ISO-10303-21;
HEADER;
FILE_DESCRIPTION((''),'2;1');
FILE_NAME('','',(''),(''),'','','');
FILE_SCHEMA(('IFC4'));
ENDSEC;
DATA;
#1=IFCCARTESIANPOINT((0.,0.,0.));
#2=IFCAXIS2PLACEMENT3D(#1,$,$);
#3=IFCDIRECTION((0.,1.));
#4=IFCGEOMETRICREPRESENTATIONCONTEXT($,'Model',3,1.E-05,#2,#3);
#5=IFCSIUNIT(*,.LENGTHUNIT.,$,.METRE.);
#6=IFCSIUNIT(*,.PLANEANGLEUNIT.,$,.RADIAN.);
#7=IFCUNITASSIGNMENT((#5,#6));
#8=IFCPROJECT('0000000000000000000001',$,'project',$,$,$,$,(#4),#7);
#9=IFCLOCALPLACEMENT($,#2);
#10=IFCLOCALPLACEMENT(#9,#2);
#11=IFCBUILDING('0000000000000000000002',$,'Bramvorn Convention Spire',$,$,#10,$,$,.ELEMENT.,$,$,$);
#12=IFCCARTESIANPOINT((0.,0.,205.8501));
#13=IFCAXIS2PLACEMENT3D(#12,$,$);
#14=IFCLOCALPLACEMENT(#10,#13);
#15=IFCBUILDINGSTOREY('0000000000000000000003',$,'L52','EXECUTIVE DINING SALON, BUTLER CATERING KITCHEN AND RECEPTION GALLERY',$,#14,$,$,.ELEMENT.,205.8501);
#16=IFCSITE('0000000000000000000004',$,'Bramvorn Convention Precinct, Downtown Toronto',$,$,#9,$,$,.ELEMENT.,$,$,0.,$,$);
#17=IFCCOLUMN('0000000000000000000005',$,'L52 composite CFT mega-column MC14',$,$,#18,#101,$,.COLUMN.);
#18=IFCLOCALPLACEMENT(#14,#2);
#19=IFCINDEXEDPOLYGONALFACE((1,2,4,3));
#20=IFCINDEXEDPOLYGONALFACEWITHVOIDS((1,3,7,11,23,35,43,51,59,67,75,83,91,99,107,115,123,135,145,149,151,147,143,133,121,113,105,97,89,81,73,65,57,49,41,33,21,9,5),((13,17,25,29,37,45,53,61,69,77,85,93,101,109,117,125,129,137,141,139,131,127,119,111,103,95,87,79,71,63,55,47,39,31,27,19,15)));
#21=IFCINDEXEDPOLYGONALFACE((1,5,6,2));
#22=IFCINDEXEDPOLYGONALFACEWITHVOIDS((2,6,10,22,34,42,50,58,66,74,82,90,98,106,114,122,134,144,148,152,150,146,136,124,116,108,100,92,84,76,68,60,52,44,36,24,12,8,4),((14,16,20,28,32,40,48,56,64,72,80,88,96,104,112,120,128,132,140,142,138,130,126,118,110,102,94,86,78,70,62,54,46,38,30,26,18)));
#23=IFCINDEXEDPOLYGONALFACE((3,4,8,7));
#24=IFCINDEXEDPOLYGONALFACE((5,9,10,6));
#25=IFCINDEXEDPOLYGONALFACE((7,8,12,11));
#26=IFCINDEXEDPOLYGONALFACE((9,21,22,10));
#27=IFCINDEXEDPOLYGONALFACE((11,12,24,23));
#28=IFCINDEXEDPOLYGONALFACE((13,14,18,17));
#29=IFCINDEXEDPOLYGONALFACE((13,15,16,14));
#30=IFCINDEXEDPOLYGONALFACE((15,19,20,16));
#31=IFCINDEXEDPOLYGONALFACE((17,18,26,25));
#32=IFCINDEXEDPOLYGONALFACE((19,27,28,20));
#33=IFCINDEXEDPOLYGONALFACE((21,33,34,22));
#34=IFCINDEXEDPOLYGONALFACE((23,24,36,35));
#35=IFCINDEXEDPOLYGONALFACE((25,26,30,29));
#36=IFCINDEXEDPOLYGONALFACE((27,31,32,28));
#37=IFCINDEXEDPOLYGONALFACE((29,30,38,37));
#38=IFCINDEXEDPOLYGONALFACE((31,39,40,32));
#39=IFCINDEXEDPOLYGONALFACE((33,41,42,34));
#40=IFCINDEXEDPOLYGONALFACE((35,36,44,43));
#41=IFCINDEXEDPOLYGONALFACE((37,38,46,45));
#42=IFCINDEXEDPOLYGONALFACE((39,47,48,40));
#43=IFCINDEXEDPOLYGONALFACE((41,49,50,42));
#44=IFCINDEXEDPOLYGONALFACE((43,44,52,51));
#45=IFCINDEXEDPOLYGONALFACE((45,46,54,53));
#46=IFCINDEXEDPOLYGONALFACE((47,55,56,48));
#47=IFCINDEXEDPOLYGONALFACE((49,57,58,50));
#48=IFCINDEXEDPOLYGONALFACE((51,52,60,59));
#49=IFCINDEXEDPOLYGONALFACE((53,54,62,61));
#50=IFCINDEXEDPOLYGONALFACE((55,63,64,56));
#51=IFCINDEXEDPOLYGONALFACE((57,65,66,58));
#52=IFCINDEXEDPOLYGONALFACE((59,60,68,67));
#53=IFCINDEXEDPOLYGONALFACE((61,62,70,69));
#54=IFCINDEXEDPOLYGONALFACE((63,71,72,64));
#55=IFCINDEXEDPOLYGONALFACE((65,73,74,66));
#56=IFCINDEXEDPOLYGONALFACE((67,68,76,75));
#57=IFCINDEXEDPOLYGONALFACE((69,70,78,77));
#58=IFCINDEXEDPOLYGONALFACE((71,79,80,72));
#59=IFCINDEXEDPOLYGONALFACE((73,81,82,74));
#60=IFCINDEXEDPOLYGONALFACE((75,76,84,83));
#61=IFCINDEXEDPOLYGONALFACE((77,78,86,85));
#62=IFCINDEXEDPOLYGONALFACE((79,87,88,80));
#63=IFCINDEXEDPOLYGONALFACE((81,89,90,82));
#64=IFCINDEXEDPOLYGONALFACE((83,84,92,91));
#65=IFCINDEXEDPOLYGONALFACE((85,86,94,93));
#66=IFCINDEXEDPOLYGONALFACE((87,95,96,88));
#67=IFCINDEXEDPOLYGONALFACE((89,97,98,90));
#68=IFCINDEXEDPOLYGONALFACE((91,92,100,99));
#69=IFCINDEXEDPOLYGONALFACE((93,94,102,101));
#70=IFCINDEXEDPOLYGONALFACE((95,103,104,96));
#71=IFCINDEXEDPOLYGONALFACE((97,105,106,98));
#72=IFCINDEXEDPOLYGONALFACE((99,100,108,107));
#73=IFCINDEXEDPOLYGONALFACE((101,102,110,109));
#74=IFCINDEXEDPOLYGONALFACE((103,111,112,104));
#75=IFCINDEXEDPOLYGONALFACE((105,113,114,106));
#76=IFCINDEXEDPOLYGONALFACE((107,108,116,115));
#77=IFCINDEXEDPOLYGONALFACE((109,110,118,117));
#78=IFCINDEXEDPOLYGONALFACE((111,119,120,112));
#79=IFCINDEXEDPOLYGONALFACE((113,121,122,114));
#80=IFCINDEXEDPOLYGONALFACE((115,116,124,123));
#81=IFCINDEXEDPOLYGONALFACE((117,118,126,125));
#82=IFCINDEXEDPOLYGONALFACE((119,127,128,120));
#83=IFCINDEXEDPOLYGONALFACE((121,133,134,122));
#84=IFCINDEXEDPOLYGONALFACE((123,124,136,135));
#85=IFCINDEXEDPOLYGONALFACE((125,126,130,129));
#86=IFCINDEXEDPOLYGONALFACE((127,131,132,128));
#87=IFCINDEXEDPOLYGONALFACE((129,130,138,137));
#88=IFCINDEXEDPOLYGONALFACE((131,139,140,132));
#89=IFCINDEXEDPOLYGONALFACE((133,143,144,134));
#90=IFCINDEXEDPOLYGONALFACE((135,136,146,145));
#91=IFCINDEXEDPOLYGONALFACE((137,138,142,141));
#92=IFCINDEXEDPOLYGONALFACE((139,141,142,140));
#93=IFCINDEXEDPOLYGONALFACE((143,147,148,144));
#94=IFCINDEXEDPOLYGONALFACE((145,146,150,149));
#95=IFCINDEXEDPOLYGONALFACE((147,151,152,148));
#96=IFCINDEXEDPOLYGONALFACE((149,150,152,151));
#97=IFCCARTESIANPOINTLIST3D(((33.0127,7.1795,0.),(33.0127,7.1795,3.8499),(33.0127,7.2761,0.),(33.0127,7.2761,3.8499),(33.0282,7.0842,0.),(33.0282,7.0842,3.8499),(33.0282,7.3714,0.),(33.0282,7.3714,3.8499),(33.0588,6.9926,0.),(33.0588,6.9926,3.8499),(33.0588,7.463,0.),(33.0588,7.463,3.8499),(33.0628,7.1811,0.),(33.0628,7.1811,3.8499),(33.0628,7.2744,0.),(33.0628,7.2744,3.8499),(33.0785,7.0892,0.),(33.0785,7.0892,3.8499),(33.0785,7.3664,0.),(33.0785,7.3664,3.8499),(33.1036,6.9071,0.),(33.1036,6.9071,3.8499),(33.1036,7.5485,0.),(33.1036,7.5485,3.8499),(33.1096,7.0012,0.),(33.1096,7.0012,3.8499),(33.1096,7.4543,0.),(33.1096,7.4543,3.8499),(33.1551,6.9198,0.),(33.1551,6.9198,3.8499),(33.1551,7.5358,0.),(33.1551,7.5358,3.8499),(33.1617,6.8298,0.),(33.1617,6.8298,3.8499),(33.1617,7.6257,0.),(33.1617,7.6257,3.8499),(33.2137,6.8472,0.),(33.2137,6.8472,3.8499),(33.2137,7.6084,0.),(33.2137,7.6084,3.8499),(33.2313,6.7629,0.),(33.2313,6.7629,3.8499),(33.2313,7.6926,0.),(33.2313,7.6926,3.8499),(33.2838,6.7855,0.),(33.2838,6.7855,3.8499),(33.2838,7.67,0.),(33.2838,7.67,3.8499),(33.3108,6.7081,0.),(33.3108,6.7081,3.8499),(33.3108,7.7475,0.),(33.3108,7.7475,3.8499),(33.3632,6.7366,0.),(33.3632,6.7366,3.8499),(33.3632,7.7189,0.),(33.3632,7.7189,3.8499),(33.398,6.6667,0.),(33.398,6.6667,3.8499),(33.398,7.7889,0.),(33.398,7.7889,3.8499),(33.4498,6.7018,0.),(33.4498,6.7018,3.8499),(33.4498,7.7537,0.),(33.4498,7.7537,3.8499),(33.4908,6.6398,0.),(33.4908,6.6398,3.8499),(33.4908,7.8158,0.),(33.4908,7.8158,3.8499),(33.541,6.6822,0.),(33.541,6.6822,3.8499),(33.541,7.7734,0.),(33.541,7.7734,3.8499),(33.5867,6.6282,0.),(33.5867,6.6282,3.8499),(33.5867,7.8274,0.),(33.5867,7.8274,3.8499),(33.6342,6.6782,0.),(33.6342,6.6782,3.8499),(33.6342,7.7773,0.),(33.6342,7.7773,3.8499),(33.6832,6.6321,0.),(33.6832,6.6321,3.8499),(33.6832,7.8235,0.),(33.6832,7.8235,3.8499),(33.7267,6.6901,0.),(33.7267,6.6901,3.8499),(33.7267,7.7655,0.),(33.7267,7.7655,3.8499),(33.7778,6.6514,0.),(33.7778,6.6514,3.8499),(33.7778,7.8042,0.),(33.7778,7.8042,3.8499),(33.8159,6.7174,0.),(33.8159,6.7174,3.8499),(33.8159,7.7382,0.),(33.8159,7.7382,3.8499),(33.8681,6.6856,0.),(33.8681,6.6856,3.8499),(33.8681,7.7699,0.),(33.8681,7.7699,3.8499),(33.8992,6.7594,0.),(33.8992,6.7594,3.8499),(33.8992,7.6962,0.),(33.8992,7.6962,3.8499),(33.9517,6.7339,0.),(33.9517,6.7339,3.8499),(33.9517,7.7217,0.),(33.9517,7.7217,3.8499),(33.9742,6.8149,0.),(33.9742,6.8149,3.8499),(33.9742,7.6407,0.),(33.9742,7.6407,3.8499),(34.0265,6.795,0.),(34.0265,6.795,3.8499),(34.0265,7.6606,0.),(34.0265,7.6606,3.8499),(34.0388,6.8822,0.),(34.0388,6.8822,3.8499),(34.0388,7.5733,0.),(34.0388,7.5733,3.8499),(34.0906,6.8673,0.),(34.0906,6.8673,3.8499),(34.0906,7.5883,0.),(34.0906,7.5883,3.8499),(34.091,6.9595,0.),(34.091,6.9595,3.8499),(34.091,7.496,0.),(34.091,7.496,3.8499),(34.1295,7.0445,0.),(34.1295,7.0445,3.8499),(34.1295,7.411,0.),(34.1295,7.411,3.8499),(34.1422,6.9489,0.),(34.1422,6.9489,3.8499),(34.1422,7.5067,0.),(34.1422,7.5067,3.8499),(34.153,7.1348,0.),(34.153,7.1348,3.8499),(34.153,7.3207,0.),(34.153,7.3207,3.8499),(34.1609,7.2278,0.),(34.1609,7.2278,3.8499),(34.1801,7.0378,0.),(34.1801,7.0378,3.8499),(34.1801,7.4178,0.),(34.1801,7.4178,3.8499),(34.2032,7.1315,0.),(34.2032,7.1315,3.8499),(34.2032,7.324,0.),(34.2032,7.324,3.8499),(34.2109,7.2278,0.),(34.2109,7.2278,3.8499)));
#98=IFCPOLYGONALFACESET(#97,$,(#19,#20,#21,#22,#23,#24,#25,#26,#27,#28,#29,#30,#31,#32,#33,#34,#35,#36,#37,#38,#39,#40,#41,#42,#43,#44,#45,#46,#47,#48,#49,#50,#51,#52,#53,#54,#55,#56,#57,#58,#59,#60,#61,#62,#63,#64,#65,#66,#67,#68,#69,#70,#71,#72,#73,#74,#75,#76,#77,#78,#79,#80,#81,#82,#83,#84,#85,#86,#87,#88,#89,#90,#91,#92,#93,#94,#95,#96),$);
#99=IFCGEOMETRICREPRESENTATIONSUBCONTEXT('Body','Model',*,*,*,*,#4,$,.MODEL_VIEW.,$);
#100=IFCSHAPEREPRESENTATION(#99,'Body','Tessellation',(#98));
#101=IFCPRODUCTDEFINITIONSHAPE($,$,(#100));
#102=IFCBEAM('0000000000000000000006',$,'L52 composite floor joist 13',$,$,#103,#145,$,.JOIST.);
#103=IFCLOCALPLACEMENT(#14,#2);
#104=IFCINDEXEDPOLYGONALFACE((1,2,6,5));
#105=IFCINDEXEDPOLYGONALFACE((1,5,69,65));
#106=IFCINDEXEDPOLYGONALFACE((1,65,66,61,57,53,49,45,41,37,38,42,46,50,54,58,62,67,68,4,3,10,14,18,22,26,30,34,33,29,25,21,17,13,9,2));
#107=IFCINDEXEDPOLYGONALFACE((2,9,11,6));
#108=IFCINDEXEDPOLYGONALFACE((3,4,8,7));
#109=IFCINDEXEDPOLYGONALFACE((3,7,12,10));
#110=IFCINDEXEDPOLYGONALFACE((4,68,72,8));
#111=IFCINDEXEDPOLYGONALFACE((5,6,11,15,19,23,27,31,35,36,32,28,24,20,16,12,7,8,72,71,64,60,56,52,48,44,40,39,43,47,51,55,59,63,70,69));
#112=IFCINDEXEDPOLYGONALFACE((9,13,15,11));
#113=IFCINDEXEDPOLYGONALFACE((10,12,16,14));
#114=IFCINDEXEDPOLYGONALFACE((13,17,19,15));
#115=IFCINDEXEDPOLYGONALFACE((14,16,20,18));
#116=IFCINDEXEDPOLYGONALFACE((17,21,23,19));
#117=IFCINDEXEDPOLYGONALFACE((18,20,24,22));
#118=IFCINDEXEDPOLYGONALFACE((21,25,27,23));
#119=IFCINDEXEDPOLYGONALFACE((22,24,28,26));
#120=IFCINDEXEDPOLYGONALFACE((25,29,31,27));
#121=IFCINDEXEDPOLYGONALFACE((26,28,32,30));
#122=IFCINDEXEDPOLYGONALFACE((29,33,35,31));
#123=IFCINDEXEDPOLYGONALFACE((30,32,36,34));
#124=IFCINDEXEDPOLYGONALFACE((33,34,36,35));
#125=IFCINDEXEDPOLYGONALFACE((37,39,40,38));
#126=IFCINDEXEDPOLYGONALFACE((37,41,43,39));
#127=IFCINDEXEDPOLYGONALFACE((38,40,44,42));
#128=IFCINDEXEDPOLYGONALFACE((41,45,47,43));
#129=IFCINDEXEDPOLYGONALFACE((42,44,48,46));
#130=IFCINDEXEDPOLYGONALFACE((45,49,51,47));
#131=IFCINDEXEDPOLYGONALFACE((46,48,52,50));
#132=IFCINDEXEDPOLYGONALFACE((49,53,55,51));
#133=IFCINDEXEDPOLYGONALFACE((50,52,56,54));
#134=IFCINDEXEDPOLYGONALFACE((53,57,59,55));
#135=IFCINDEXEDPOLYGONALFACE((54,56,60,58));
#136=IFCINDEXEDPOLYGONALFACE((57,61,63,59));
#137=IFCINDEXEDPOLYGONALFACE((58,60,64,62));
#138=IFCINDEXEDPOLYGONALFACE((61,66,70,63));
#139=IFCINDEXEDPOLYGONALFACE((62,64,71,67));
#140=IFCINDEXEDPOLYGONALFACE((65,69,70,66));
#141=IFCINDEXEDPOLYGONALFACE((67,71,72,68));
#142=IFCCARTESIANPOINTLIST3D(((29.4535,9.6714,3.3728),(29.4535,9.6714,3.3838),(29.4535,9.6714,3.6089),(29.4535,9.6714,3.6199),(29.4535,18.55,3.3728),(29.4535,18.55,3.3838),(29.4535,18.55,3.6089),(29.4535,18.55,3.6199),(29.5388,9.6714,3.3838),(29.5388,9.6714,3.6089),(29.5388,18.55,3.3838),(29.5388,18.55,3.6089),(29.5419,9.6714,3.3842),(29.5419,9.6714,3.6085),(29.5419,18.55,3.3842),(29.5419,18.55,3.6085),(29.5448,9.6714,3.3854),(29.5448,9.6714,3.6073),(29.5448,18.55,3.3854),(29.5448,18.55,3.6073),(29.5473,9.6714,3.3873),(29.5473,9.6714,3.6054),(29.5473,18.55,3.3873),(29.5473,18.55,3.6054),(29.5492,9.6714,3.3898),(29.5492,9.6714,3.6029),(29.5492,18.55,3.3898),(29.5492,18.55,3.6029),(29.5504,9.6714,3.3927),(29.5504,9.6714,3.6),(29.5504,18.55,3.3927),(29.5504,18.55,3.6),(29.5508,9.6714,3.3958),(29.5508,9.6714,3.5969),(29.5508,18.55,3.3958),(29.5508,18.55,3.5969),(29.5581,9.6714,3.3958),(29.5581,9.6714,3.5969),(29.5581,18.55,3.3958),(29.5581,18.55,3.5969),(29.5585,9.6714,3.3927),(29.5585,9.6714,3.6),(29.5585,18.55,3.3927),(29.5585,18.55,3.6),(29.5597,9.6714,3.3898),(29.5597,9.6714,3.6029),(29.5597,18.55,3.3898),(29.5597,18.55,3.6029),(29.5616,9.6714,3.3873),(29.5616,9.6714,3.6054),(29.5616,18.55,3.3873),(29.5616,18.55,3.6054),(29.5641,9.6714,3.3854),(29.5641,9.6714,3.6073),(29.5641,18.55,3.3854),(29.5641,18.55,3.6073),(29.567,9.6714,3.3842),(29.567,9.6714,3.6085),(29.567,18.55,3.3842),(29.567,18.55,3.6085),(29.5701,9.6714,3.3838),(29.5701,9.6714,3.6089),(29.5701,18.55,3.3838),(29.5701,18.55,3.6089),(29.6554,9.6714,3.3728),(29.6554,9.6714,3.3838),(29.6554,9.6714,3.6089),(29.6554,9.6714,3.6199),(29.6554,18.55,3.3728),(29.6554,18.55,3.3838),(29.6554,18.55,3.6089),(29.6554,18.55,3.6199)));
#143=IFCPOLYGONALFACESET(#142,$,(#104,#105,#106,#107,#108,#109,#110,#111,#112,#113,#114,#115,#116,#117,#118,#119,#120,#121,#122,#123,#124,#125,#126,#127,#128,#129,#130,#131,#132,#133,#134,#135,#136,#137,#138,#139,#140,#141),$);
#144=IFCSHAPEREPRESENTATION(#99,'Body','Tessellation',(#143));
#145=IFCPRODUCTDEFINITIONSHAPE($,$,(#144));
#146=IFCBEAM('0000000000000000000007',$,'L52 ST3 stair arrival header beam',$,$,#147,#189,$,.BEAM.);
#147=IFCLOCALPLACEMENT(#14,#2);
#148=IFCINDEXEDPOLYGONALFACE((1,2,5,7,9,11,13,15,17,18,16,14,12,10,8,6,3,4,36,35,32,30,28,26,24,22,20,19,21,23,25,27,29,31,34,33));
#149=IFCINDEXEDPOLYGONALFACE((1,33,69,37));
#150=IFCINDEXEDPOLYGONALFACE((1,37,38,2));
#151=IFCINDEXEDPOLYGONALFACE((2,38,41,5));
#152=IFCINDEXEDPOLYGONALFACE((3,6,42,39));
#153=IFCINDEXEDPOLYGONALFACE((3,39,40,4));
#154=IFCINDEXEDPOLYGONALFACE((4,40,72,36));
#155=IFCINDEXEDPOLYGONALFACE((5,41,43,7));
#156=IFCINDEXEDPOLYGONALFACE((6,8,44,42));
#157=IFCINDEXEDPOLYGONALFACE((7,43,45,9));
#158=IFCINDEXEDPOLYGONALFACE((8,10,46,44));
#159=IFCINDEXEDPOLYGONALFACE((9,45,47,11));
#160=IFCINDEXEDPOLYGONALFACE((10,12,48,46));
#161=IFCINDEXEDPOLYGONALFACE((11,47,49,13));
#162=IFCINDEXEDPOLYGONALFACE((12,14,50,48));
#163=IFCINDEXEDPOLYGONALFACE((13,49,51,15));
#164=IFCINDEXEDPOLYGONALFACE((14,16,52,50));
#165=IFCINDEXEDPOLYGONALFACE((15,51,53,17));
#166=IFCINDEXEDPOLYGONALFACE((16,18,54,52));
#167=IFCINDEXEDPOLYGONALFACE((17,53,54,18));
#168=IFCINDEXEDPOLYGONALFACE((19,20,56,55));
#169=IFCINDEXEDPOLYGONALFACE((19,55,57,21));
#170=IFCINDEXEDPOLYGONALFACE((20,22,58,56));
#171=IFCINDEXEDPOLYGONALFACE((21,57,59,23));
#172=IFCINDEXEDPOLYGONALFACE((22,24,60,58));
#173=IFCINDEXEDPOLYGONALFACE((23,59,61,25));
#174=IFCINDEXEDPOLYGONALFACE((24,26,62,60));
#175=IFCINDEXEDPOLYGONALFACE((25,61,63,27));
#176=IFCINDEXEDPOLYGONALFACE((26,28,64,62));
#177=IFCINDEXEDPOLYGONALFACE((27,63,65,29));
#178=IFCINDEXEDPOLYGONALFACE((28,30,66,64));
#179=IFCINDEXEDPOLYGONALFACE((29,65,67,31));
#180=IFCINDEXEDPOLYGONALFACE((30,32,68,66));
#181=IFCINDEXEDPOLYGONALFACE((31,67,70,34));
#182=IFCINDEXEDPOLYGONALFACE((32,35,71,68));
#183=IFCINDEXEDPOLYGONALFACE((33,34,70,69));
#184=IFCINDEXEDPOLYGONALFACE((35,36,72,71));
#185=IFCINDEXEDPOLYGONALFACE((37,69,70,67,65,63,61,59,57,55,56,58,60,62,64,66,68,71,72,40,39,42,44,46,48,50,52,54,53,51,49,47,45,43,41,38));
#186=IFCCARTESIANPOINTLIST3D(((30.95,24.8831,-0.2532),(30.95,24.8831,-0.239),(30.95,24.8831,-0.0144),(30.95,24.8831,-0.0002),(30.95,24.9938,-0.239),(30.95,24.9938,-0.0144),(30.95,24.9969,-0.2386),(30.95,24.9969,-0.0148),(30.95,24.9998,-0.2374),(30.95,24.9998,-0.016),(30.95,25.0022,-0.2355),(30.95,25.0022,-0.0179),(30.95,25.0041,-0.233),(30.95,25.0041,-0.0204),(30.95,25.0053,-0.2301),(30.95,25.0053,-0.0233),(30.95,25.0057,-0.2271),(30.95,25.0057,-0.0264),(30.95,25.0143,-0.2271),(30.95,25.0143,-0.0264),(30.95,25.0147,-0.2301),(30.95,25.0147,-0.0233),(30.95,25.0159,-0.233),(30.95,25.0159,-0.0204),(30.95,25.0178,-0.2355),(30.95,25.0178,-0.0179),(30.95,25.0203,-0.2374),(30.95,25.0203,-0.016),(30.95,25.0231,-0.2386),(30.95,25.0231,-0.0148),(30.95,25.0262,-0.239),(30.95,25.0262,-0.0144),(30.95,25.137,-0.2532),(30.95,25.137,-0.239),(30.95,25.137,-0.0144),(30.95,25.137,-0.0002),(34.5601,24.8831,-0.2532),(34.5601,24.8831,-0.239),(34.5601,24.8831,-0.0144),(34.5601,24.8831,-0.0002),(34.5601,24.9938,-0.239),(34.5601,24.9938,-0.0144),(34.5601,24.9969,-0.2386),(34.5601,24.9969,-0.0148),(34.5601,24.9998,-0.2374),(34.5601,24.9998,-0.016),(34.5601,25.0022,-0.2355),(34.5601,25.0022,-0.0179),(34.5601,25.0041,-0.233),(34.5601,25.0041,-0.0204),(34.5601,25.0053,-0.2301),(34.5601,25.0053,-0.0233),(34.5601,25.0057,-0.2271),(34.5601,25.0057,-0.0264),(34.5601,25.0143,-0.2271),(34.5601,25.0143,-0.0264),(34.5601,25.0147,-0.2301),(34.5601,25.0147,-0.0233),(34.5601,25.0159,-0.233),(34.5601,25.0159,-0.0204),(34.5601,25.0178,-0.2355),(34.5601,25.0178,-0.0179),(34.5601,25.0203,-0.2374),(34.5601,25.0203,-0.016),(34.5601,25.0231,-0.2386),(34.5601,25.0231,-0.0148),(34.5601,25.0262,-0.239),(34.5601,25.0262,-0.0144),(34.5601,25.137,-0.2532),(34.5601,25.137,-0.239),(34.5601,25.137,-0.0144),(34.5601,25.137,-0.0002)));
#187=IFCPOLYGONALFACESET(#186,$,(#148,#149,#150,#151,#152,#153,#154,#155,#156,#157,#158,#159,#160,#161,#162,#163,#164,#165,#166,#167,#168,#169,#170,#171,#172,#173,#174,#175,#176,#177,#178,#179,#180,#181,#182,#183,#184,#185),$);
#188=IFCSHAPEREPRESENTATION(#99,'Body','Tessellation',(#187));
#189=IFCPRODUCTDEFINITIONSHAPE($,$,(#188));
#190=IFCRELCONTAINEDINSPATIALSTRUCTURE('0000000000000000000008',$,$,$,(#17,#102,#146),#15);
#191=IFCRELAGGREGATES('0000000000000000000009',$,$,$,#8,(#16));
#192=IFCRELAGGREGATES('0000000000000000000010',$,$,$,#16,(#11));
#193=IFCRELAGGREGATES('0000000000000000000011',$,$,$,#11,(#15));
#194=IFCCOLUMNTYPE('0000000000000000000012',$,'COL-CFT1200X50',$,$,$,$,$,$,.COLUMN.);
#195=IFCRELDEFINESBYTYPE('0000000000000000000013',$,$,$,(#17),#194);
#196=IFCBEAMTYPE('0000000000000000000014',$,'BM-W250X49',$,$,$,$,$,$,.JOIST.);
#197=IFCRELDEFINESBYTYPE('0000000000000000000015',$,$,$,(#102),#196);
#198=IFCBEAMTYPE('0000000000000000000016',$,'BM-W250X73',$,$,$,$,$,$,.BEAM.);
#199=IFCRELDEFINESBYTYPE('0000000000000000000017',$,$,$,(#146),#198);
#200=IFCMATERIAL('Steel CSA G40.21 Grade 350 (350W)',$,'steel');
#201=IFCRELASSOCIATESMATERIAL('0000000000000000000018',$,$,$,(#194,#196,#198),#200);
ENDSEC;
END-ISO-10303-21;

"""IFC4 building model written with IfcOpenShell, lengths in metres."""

from ifc_helpers import new_model, si_unit, direction, frame, origin, origin_2d, place, context, subcontext, project, spatial, hollow_circle, i_section, extrude, material, material_profile, profile_set, type_object, element, save


model = new_model("IFC4")

# Units and contexts
model_context = context("Model", 3, precision=1e-05, world=origin(), true_north=direction((0.0, 1.0)))
body_context = subcontext(model_context, "Body", "Model", "MODEL_VIEW")
ifc_project = project(units=[si_unit("LENGTHUNIT", "METRE"), si_unit("PLANEANGLEUNIT", "RADIAN")], contexts=[model_context])

# Site, building, storey
site_placement = place(None, origin())
site = spatial("IfcSite", under=ifc_project, at=site_placement, Name="Bramvorn Convention Precinct, Downtown Toronto", CompositionType="ELEMENT", RefElevation=0.0)
building_placement = place(site_placement, origin())
building = spatial("IfcBuilding", under=site, at=building_placement, Name="Bramvorn Convention Spire", CompositionType="ELEMENT")
storey_placement = place(building_placement, frame((0.0, 0.0, 205.8501)))
storey = spatial("IfcBuildingStorey", under=building, at=storey_placement, Name="L52", Description="EXECUTIVE DINING SALON, BUTLER CATERING KITCHEN AND RECEPTION GALLERY", CompositionType="ELEMENT", Elevation=205.8501)

# Column
ifc_material_1 = material(Name="Steel CSA G40.21 Grade 350 (350W)", Category="steel")
ifc_material_profile_1 = material_profile(ifc_material_1, hollow_circle(Radius=0.6001, WallThickness=0.05, at=origin_2d()))
ifc_profile_set_1 = profile_set([ifc_material_profile_1], Name="Steel CSA G40.21 Grade 350 (350W) - CFT1200X50")
column_type = type_object("IfcColumnType", Name="COL-CFT1200X50", PredefinedType="COLUMN", material=ifc_profile_set_1)
column_placement = place(storey_placement, frame((33.6108, 7.2278, 0.0), z_axis=(0.0, 0.0, 1.0), x_axis=(1.0, 0.0, 0.0)))
element("IfcColumn", 1, at=column_placement, inside=storey, type_object=column_type, Name="L52 composite CFT mega-column MC14", PredefinedType="COLUMN", context=body_context, shape_type="SweptSolid", body=[
    extrude(hollow_circle(Radius=0.6001, WallThickness=0.05, at=origin_2d()), origin(), (0.0, 0.0, 1.0), 3.8499),
])

# Beams
ifc_material_profile_2 = material_profile(ifc_material_1, i_section(OverallWidth=0.2019, OverallDepth=0.2471, WebThickness=0.0073, FlangeThickness=0.011, FilletRadius=0.012, at=origin_2d()))
ifc_profile_set_2 = profile_set([ifc_material_profile_2], Name="Steel CSA G40.21 Grade 350 (350W) - W250X49")
beam_type_1 = type_object("IfcBeamType", Name="BM-W250X49", PredefinedType="JOIST", material=ifc_profile_set_2)
beam_1_placement = place(storey_placement, frame((29.5544, 18.55, 3.4963), z_axis=(0.0, -1.0, 0.0), x_axis=(1.0, 0.0, 0.0)))
element("IfcBeam", 2, at=beam_1_placement, inside=storey, type_object=beam_type_1, Name="L52 composite floor joist 13", PredefinedType="JOIST", context=body_context, shape_type="SweptSolid", body=[
    extrude(i_section(OverallWidth=0.2019, OverallDepth=0.2471, WebThickness=0.0073, FlangeThickness=0.011, FilletRadius=0.012, at=origin_2d()), origin(), (0.0, 0.0, 1.0), 8.8787),
])
ifc_material_profile_3 = material_profile(ifc_material_1, i_section(OverallWidth=0.2539, OverallDepth=0.2529, WebThickness=0.0085, FlangeThickness=0.0142, FilletRadius=0.012, at=origin_2d()))
ifc_profile_set_3 = profile_set([ifc_material_profile_3], Name="Steel CSA G40.21 Grade 350 (350W) - W250X73")
beam_type_2 = type_object("IfcBeamType", Name="BM-W250X73", PredefinedType="BEAM", material=ifc_profile_set_3)
beam_2_placement = place(storey_placement, frame((30.95, 25.01, -0.1267), z_axis=(1.0, 0.0, 0.0), x_axis=(0.0, 1.0, 0.0)))
element("IfcBeam", 3, at=beam_2_placement, inside=storey, type_object=beam_type_2, Name="L52 ST3 stair arrival header beam", PredefinedType="BEAM", context=body_context, shape_type="SweptSolid", body=[
    extrude(i_section(OverallWidth=0.2539, OverallDepth=0.2529, WebThickness=0.0085, FlangeThickness=0.0142, FilletRadius=0.012, at=origin_2d()), origin(), (0.0, 0.0, 1.0), 3.6101),
])

save(model, "model.ifc")
